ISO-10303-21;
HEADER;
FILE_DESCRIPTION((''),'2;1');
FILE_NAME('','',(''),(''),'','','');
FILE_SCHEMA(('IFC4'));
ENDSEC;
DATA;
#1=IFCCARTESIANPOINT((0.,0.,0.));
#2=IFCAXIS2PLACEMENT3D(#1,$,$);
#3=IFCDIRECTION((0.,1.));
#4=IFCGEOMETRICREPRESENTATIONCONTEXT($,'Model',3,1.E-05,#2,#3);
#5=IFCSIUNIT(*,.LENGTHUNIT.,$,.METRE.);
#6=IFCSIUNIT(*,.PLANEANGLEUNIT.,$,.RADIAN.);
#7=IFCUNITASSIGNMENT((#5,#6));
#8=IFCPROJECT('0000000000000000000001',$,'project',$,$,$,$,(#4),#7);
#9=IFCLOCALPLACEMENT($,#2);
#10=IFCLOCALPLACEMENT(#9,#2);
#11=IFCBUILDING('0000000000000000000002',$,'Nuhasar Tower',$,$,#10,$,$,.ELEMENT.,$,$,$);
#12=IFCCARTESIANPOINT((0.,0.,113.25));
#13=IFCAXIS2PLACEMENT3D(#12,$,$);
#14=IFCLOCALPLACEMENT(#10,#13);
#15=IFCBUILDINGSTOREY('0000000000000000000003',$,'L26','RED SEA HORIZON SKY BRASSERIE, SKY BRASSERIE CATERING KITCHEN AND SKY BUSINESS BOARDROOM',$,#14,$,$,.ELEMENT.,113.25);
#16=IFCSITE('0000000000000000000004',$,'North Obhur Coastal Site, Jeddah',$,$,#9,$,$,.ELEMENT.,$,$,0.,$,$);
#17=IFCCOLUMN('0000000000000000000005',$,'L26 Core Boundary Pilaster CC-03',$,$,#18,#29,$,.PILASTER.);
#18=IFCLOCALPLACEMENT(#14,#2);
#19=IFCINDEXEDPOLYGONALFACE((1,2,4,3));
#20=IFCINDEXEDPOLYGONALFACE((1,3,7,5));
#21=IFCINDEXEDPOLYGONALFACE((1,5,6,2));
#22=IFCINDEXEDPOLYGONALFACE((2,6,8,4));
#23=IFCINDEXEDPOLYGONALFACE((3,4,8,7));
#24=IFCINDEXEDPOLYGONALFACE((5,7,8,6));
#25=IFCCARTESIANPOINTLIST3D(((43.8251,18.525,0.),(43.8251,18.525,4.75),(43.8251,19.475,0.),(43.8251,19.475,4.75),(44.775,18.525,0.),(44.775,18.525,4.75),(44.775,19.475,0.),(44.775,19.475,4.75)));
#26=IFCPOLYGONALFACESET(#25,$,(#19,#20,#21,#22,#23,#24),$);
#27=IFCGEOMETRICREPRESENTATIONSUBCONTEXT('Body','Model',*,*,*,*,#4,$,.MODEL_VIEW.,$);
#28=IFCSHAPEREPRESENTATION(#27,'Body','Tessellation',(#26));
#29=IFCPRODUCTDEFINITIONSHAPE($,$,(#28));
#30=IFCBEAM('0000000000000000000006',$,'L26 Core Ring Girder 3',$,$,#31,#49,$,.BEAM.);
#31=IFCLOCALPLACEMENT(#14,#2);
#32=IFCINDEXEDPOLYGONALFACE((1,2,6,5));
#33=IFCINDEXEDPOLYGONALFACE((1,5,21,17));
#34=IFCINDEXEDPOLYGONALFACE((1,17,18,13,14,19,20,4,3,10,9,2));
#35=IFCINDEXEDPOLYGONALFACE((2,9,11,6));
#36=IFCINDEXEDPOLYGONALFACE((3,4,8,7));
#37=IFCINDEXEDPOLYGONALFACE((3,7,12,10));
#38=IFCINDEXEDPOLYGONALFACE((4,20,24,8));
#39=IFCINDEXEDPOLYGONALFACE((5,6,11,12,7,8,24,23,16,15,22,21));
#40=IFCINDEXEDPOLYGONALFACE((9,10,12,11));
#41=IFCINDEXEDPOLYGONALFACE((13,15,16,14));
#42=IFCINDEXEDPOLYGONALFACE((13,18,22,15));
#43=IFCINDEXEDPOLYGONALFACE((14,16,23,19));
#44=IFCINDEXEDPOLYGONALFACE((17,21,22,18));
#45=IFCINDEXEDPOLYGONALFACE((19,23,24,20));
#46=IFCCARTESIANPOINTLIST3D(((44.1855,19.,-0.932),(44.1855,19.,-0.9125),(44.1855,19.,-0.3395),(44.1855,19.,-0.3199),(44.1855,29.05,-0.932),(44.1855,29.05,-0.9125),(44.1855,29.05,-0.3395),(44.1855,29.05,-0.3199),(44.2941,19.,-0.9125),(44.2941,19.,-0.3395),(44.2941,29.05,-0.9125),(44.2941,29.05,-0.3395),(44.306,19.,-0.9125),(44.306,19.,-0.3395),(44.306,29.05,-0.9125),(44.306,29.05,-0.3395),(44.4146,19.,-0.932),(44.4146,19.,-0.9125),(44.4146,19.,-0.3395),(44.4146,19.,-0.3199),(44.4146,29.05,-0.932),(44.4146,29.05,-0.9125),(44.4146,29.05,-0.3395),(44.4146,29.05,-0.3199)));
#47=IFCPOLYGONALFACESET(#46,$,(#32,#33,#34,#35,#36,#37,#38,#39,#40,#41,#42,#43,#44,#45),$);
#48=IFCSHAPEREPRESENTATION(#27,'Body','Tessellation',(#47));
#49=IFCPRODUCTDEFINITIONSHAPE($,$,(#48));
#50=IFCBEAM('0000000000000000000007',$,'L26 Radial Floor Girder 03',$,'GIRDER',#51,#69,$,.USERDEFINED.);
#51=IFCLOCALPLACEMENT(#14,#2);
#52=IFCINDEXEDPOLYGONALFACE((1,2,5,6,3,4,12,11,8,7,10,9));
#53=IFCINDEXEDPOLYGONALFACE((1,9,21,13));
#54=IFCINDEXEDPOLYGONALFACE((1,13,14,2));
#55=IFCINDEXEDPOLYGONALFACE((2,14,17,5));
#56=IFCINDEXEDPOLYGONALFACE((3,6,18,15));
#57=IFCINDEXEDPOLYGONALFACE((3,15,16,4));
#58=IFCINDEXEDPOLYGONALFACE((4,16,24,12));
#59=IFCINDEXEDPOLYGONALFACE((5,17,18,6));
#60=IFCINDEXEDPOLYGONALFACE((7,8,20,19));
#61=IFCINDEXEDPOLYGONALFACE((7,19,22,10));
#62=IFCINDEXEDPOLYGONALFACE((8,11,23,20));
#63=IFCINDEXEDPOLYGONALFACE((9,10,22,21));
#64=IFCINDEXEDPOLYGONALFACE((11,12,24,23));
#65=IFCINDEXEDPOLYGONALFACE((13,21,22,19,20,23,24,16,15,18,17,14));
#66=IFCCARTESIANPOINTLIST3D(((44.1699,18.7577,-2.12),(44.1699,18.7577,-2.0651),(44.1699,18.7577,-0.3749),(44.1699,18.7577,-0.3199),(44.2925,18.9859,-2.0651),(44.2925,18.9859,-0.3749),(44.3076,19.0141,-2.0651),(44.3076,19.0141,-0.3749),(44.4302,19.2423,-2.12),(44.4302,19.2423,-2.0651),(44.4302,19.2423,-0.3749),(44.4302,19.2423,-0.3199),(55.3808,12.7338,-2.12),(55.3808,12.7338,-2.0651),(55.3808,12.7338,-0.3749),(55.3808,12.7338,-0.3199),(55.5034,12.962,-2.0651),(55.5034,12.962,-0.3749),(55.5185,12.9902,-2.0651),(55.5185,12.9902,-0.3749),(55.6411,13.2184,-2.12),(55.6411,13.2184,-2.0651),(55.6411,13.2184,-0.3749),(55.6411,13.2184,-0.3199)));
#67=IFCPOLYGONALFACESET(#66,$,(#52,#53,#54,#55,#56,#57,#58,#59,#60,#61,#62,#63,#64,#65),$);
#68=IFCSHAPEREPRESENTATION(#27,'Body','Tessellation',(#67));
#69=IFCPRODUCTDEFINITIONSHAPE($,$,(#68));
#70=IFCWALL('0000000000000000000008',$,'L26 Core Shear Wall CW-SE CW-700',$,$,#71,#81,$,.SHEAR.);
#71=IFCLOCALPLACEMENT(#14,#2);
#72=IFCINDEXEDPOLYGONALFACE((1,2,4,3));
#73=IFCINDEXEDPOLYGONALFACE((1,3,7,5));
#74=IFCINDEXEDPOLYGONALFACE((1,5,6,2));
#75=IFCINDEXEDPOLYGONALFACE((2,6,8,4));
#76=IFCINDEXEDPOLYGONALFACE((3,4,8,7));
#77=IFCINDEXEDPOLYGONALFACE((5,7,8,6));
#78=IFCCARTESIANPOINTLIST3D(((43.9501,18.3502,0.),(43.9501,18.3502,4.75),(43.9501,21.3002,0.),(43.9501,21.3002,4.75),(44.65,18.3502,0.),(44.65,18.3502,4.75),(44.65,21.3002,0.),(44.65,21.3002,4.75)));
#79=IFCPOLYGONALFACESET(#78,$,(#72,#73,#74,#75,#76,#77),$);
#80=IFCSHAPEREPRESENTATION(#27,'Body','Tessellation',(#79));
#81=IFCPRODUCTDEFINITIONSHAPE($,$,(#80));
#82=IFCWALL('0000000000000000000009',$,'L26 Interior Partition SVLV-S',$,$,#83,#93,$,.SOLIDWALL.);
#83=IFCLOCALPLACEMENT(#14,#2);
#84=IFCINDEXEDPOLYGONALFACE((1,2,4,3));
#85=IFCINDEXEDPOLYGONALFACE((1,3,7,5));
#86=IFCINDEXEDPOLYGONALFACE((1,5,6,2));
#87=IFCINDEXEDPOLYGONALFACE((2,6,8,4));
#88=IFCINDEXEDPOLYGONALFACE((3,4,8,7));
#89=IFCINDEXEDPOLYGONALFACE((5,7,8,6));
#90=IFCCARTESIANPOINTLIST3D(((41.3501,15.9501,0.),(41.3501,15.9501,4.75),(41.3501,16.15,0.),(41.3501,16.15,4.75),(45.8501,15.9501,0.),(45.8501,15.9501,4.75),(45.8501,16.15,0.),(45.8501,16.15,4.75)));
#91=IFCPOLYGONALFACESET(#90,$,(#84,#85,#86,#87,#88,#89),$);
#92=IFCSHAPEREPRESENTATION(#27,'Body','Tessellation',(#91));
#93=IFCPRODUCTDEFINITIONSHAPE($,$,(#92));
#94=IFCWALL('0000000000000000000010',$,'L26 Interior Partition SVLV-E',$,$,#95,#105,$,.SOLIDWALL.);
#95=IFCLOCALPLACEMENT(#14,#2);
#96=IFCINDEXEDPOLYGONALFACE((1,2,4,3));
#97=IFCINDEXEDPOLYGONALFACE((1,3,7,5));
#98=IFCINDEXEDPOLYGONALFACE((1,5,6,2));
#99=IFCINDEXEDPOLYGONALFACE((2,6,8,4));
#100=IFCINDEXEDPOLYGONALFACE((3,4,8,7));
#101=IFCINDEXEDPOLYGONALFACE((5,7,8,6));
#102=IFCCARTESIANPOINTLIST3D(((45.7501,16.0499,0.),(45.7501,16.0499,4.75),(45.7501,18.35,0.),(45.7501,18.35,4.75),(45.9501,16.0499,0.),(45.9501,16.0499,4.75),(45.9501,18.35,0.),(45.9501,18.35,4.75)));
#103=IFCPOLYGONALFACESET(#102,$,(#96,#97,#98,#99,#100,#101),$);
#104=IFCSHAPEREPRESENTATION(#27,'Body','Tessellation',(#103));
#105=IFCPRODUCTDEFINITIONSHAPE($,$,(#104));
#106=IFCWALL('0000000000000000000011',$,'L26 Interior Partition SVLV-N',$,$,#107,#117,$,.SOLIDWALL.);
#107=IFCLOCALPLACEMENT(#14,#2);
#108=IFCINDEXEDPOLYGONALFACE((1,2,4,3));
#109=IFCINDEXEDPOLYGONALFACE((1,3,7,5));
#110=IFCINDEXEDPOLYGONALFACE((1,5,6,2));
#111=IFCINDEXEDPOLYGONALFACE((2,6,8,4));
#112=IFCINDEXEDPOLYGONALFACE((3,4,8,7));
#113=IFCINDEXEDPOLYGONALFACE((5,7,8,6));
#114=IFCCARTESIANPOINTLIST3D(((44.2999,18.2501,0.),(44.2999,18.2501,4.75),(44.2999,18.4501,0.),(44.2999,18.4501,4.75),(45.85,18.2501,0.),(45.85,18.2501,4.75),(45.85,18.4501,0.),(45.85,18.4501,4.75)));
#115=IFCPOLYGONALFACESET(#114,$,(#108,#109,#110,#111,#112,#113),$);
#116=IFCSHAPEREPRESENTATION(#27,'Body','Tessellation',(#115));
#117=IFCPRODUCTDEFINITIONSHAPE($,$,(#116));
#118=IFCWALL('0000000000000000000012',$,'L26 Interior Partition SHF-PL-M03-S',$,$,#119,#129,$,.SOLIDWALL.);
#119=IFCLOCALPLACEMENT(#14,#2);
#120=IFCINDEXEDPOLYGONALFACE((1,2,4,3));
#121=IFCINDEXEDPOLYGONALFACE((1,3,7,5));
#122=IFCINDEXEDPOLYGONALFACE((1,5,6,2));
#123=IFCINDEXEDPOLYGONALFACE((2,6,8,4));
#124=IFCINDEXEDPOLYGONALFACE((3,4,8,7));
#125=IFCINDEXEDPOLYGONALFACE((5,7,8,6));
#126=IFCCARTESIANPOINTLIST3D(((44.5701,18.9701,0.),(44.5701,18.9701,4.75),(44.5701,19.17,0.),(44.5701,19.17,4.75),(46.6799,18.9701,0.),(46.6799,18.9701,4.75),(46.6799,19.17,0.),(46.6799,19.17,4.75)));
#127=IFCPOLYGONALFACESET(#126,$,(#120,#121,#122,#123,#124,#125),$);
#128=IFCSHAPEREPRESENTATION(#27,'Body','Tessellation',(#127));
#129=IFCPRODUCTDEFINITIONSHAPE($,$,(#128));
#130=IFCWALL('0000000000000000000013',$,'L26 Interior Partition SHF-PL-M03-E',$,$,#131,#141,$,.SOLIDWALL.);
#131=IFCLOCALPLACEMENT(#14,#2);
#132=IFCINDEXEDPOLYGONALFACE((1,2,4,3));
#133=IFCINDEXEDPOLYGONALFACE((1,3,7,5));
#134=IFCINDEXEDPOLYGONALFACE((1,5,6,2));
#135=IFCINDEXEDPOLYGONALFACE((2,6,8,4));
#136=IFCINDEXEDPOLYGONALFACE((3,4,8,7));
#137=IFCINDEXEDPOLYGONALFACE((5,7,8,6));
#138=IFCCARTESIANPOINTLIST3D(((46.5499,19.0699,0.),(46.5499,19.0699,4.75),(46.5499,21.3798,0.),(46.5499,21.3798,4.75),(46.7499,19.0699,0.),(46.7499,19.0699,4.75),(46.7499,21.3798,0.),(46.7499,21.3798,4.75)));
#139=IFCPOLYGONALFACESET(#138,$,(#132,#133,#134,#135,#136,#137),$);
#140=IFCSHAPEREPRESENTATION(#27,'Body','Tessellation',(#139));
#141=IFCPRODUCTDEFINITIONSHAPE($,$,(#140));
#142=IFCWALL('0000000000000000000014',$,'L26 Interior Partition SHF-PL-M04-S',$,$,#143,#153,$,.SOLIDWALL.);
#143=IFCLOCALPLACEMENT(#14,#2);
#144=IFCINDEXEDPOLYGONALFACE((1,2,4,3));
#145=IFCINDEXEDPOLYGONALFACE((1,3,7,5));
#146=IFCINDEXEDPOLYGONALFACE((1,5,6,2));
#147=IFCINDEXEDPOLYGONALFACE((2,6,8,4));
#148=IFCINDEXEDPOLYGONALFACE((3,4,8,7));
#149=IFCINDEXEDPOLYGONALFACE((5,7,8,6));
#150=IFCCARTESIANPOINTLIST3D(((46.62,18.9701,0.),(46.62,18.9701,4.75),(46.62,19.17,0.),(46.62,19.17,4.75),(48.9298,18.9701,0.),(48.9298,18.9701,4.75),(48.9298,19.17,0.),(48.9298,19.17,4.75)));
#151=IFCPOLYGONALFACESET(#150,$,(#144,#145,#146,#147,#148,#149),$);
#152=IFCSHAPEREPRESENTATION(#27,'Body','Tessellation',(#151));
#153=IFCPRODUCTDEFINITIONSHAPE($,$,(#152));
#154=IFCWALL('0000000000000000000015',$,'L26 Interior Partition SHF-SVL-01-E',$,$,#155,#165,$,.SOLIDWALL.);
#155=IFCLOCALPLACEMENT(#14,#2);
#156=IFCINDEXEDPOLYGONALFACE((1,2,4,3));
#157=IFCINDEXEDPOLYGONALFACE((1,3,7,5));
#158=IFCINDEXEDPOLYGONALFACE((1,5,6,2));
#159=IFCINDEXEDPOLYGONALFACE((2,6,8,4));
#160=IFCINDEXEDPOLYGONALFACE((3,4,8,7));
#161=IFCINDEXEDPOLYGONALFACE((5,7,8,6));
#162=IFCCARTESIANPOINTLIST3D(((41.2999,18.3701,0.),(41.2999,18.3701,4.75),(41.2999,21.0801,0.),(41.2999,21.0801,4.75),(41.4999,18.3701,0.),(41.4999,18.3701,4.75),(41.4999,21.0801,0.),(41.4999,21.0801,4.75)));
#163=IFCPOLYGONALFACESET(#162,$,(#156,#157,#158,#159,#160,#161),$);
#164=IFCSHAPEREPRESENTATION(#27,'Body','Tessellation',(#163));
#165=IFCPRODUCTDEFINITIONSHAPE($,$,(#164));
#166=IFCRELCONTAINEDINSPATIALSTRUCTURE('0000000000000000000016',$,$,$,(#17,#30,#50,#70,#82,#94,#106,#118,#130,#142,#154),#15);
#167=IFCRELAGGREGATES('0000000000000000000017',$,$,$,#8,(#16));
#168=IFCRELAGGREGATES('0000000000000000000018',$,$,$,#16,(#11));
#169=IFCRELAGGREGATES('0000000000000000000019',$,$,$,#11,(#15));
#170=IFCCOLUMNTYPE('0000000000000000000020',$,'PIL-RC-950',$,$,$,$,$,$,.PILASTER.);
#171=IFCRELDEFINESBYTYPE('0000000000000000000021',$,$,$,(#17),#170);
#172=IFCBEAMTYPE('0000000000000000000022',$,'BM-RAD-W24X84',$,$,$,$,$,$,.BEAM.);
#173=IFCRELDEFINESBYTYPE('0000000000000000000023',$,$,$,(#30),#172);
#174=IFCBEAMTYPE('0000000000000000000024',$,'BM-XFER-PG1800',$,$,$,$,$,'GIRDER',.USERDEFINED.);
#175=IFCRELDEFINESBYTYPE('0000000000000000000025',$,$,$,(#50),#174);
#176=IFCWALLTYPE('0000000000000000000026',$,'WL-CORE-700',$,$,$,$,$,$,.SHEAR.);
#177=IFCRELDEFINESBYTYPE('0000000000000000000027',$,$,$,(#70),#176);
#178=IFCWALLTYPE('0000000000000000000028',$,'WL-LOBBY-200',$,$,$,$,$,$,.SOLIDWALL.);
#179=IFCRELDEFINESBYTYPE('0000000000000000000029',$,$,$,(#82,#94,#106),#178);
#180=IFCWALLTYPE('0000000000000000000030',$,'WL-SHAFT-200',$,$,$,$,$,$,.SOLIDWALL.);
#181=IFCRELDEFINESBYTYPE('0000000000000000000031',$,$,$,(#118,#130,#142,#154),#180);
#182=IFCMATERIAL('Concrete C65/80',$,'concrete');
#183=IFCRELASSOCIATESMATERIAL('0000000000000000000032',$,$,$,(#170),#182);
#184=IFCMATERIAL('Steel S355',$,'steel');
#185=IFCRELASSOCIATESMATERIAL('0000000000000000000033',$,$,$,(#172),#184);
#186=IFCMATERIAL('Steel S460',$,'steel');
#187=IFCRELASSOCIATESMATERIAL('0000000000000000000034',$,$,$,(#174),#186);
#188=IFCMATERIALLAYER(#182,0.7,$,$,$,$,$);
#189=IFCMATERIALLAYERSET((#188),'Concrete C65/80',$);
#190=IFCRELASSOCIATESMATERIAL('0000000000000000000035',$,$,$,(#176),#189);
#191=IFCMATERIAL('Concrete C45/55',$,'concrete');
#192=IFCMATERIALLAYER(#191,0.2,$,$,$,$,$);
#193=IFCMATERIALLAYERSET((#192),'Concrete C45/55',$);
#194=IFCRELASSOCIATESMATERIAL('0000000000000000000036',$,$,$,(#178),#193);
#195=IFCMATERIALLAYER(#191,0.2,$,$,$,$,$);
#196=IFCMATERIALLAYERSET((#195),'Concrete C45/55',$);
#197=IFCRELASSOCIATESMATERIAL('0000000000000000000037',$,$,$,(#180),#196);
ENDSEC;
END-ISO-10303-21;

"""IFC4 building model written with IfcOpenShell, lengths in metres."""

from ifc_helpers import new_model, si_unit, direction, frame, frame_2d, origin, origin_2d, place, context, subcontext, project, spatial, rectangle, i_section, extrude, material, layer, layer_set, material_profile, profile_set, type_object, element, save


model = new_model("IFC4")

# Units and contexts
model_context = context("Model", 3, precision=1e-05, world=origin(), true_north=direction((0.0, 1.0)))
body_context = subcontext(model_context, "Body", "Model", "MODEL_VIEW")
ifc_project = project(units=[si_unit("LENGTHUNIT", "METRE"), si_unit("PLANEANGLEUNIT", "RADIAN")], contexts=[model_context])

# Site, building, storey
site_placement = place(None, origin())
site = spatial("IfcSite", under=ifc_project, at=site_placement, Name="North Obhur Coastal Site, Jeddah", CompositionType="ELEMENT", RefElevation=0.0)
building_placement = place(site_placement, origin())
building = spatial("IfcBuilding", under=site, at=building_placement, Name="Nuhasar Tower", CompositionType="ELEMENT")
storey_placement = place(building_placement, frame((0.0, 0.0, 113.25)))
storey = spatial("IfcBuildingStorey", under=building, at=storey_placement, Name="L26", Description="RED SEA HORIZON SKY BRASSERIE, SKY BRASSERIE CATERING KITCHEN AND SKY BUSINESS BOARDROOM", CompositionType="ELEMENT", Elevation=113.25)

# Column
ifc_material_1 = material(Name="Concrete C65/80", Category="concrete")
ifc_material_profile_1 = material_profile(ifc_material_1, rectangle(XDim=0.95, YDim=0.95, at=origin_2d()), Name="RC950X950")
ifc_profile_set_1 = profile_set([ifc_material_profile_1], Name="Concrete C65/80")
column_type = type_object("IfcColumnType", Name="PIL-RC-950", PredefinedType="PILASTER", material=ifc_profile_set_1)
column_placement = place(storey_placement, frame((44.3, 19.0, 0.0), z_axis=(0.0, 0.0, 1.0), x_axis=(1.0, 0.0, 0.0)))
element("IfcColumn", 1, at=column_placement, inside=storey, type_object=column_type, Name="L26 Core Boundary Pilaster CC-03", PredefinedType="PILASTER", context=body_context, shape_type="SweptSolid", body=[
    extrude(rectangle(XDim=0.95, YDim=0.95, at=origin_2d()), origin(), (0.0, 0.0, 1.0), 4.75),
])

# Beams
ifc_material_2 = material(Name="Steel S355", Category="steel")
ifc_material_profile_2 = material_profile(ifc_material_2, i_section(OverallWidth=0.229, OverallDepth=0.6121, WebThickness=0.012, FlangeThickness=0.0195, at=origin_2d()), Name="W24X84")
ifc_profile_set_2 = profile_set([ifc_material_profile_2], Name="Steel S355")
beam_type_1 = type_object("IfcBeamType", Name="BM-RAD-W24X84", PredefinedType="BEAM", material=ifc_profile_set_2)
beam_1_placement = place(storey_placement, frame((44.3, 19.0, -0.626), z_axis=(0.0, 1.0, 0.0), x_axis=(-1.0, 0.0, 0.0)))
element("IfcBeam", 2, at=beam_1_placement, inside=storey, type_object=beam_type_1, Name="L26 Core Ring Girder 3", PredefinedType="BEAM", context=body_context, shape_type="SweptSolid", body=[
    extrude(i_section(OverallWidth=0.229, OverallDepth=0.6121, WebThickness=0.012, FlangeThickness=0.0195, at=origin_2d()), origin(), (0.0, 0.0, 1.0), 10.05),
])
ifc_material_3 = material(Name="Steel S460", Category="steel")
ifc_material_profile_3 = material_profile(ifc_material_3, i_section(OverallWidth=0.55, OverallDepth=1.8, WebThickness=0.032, FlangeThickness=0.0549, at=origin_2d()), Name="PG1800X550")
ifc_profile_set_3 = profile_set([ifc_material_profile_3], Name="Steel S460")
beam_type_2 = type_object("IfcBeamType", Name="BM-XFER-PG1800", ElementType="GIRDER", PredefinedType="USERDEFINED", material=ifc_profile_set_3)
beam_2_placement = place(storey_placement, frame((44.3, 19.0, -1.22), z_axis=(0.880888, -0.473324, 0.0), x_axis=(0.473324, 0.880888, 0.0)))
element("IfcBeam", 3, at=beam_2_placement, inside=storey, type_object=beam_type_2, Name="L26 Radial Floor Girder 03", ObjectType="GIRDER", PredefinedType="USERDEFINED", context=body_context, shape_type="SweptSolid", body=[
    extrude(i_section(OverallWidth=0.55, OverallDepth=1.8, WebThickness=0.032, FlangeThickness=0.0549, at=origin_2d()), origin(), (0.0, 0.0, 1.0), 12.7268),
])

# Wall
ifc_layer_1 = layer(ifc_material_1, 0.7)
ifc_layer_set_1 = layer_set([ifc_layer_1], Name="Concrete C65/80")
wall_type_1 = type_object("IfcWallType", Name="WL-CORE-700", PredefinedType="SHEAR", material=ifc_layer_set_1)
wall_1_placement = place(storey_placement, frame((44.3, 18.3501, 0.0), z_axis=(0.0, 0.0, 1.0), x_axis=(0.0, 1.0, 0.0)))
element("IfcWall", 4, at=wall_1_placement, inside=storey, type_object=wall_type_1, Name="L26 Core Shear Wall CW-SE CW-700", PredefinedType="SHEAR", context=body_context, shape_type="SweptSolid", body=[
    extrude(rectangle(XDim=2.95, YDim=0.7, at=frame_2d((1.4751, 0.0))), origin(), (0.0, 0.0, 1.0), 4.75),
])

# Shared definitions
ifc_material_4 = material(Name="Concrete C45/55", Category="concrete")
ifc_layer_2 = layer(ifc_material_4, 0.2)
ifc_layer_set_2 = layer_set([ifc_layer_2], Name="Concrete C45/55")
wall_type_2 = type_object("IfcWallType", Name="WL-LOBBY-200", PredefinedType="SOLIDWALL", material=ifc_layer_set_2)

# Walls
wall_2_placement = place(storey_placement, frame((41.3501, 16.05, 0.0), z_axis=(0.0, 0.0, 1.0), x_axis=(1.0, 0.0, 0.0)))
element("IfcWall", 5, at=wall_2_placement, inside=storey, type_object=wall_type_2, Name="L26 Interior Partition SVLV-S", PredefinedType="SOLIDWALL", context=body_context, shape_type="SweptSolid", body=[
    extrude(rectangle(XDim=4.5, YDim=0.2, at=frame_2d((2.25, 0.0))), origin(), (0.0, 0.0, 1.0), 4.75),
])
wall_3_placement = place(storey_placement, frame((45.8501, 16.05, 0.0), z_axis=(0.0, 0.0, 1.0), x_axis=(0.0, 1.0, 0.0)))
element("IfcWall", 6, at=wall_3_placement, inside=storey, type_object=wall_type_2, Name="L26 Interior Partition SVLV-E", PredefinedType="SOLIDWALL", context=body_context, shape_type="SweptSolid", body=[
    extrude(rectangle(XDim=2.3, YDim=0.2, at=frame_2d((1.1499, 0.0))), origin(), (0.0, 0.0, 1.0), 4.75),
])
wall_4_placement = place(storey_placement, frame((44.3, 18.3501, 0.0), z_axis=(0.0, 0.0, 1.0), x_axis=(1.0, 0.0, 0.0)))
element("IfcWall", 7, at=wall_4_placement, inside=storey, type_object=wall_type_2, Name="L26 Interior Partition SVLV-N", PredefinedType="SOLIDWALL", context=body_context, shape_type="SweptSolid", body=[
    extrude(rectangle(XDim=1.55, YDim=0.2, at=frame_2d((0.7749, 0.0))), origin(), (0.0, 0.0, 1.0), 4.75),
])
ifc_layer_3 = layer(ifc_material_4, 0.2)
ifc_layer_set_3 = layer_set([ifc_layer_3], Name="Concrete C45/55")
wall_type_3 = type_object("IfcWallType", Name="WL-SHAFT-200", PredefinedType="SOLIDWALL", material=ifc_layer_set_3)
wall_5_placement = place(storey_placement, frame((44.5701, 19.0701, 0.0), z_axis=(0.0, 0.0, 1.0), x_axis=(1.0, 0.0, 0.0)))
element("IfcWall", 8, at=wall_5_placement, inside=storey, type_object=wall_type_3, Name="L26 Interior Partition SHF-PL-M03-S", PredefinedType="SOLIDWALL", context=body_context, shape_type="SweptSolid", body=[
    extrude(rectangle(XDim=2.1099, YDim=0.2, at=frame_2d((1.0549, 0.0))), origin(), (0.0, 0.0, 1.0), 4.75),
])
for number, where, z_axis, x_axis, name in (
    (9, (46.6499, 19.0701, 0.0), (0.0, 0.0, 1.0), (0.0, 1.0, 0.0), "L26 Interior Partition SHF-PL-M03-E"),
    (10, (46.6201, 19.0701, 0.0), (0.0, 0.0, 1.0), (1.0, 0.0, 0.0), "L26 Interior Partition SHF-PL-M04-S"),
):
    element("IfcWall", number, at=place(storey_placement, frame(where, z_axis=z_axis, x_axis=x_axis)), inside=storey, type_object=wall_type_3, Name=name, PredefinedType="SOLIDWALL", context=body_context, shape_type="SweptSolid", body=[
        extrude(rectangle(XDim=2.3098, YDim=0.2, at=frame_2d((1.1548, 0.0))), origin(), (0.0, 0.0, 1.0), 4.75),
    ])
wall_6_placement = place(storey_placement, frame((41.3999, 18.3701, 0.0), z_axis=(0.0, 0.0, 1.0), x_axis=(0.0, 1.0, 0.0)))
element("IfcWall", 11, at=wall_6_placement, inside=storey, type_object=wall_type_3, Name="L26 Interior Partition SHF-SVL-01-E", PredefinedType="SOLIDWALL", context=body_context, shape_type="SweptSolid", body=[
    extrude(rectangle(XDim=2.71, YDim=0.2, at=frame_2d((1.355, 0.0))), origin(), (0.0, 0.0, 1.0), 4.75),
])

save(model, "model.ifc")
